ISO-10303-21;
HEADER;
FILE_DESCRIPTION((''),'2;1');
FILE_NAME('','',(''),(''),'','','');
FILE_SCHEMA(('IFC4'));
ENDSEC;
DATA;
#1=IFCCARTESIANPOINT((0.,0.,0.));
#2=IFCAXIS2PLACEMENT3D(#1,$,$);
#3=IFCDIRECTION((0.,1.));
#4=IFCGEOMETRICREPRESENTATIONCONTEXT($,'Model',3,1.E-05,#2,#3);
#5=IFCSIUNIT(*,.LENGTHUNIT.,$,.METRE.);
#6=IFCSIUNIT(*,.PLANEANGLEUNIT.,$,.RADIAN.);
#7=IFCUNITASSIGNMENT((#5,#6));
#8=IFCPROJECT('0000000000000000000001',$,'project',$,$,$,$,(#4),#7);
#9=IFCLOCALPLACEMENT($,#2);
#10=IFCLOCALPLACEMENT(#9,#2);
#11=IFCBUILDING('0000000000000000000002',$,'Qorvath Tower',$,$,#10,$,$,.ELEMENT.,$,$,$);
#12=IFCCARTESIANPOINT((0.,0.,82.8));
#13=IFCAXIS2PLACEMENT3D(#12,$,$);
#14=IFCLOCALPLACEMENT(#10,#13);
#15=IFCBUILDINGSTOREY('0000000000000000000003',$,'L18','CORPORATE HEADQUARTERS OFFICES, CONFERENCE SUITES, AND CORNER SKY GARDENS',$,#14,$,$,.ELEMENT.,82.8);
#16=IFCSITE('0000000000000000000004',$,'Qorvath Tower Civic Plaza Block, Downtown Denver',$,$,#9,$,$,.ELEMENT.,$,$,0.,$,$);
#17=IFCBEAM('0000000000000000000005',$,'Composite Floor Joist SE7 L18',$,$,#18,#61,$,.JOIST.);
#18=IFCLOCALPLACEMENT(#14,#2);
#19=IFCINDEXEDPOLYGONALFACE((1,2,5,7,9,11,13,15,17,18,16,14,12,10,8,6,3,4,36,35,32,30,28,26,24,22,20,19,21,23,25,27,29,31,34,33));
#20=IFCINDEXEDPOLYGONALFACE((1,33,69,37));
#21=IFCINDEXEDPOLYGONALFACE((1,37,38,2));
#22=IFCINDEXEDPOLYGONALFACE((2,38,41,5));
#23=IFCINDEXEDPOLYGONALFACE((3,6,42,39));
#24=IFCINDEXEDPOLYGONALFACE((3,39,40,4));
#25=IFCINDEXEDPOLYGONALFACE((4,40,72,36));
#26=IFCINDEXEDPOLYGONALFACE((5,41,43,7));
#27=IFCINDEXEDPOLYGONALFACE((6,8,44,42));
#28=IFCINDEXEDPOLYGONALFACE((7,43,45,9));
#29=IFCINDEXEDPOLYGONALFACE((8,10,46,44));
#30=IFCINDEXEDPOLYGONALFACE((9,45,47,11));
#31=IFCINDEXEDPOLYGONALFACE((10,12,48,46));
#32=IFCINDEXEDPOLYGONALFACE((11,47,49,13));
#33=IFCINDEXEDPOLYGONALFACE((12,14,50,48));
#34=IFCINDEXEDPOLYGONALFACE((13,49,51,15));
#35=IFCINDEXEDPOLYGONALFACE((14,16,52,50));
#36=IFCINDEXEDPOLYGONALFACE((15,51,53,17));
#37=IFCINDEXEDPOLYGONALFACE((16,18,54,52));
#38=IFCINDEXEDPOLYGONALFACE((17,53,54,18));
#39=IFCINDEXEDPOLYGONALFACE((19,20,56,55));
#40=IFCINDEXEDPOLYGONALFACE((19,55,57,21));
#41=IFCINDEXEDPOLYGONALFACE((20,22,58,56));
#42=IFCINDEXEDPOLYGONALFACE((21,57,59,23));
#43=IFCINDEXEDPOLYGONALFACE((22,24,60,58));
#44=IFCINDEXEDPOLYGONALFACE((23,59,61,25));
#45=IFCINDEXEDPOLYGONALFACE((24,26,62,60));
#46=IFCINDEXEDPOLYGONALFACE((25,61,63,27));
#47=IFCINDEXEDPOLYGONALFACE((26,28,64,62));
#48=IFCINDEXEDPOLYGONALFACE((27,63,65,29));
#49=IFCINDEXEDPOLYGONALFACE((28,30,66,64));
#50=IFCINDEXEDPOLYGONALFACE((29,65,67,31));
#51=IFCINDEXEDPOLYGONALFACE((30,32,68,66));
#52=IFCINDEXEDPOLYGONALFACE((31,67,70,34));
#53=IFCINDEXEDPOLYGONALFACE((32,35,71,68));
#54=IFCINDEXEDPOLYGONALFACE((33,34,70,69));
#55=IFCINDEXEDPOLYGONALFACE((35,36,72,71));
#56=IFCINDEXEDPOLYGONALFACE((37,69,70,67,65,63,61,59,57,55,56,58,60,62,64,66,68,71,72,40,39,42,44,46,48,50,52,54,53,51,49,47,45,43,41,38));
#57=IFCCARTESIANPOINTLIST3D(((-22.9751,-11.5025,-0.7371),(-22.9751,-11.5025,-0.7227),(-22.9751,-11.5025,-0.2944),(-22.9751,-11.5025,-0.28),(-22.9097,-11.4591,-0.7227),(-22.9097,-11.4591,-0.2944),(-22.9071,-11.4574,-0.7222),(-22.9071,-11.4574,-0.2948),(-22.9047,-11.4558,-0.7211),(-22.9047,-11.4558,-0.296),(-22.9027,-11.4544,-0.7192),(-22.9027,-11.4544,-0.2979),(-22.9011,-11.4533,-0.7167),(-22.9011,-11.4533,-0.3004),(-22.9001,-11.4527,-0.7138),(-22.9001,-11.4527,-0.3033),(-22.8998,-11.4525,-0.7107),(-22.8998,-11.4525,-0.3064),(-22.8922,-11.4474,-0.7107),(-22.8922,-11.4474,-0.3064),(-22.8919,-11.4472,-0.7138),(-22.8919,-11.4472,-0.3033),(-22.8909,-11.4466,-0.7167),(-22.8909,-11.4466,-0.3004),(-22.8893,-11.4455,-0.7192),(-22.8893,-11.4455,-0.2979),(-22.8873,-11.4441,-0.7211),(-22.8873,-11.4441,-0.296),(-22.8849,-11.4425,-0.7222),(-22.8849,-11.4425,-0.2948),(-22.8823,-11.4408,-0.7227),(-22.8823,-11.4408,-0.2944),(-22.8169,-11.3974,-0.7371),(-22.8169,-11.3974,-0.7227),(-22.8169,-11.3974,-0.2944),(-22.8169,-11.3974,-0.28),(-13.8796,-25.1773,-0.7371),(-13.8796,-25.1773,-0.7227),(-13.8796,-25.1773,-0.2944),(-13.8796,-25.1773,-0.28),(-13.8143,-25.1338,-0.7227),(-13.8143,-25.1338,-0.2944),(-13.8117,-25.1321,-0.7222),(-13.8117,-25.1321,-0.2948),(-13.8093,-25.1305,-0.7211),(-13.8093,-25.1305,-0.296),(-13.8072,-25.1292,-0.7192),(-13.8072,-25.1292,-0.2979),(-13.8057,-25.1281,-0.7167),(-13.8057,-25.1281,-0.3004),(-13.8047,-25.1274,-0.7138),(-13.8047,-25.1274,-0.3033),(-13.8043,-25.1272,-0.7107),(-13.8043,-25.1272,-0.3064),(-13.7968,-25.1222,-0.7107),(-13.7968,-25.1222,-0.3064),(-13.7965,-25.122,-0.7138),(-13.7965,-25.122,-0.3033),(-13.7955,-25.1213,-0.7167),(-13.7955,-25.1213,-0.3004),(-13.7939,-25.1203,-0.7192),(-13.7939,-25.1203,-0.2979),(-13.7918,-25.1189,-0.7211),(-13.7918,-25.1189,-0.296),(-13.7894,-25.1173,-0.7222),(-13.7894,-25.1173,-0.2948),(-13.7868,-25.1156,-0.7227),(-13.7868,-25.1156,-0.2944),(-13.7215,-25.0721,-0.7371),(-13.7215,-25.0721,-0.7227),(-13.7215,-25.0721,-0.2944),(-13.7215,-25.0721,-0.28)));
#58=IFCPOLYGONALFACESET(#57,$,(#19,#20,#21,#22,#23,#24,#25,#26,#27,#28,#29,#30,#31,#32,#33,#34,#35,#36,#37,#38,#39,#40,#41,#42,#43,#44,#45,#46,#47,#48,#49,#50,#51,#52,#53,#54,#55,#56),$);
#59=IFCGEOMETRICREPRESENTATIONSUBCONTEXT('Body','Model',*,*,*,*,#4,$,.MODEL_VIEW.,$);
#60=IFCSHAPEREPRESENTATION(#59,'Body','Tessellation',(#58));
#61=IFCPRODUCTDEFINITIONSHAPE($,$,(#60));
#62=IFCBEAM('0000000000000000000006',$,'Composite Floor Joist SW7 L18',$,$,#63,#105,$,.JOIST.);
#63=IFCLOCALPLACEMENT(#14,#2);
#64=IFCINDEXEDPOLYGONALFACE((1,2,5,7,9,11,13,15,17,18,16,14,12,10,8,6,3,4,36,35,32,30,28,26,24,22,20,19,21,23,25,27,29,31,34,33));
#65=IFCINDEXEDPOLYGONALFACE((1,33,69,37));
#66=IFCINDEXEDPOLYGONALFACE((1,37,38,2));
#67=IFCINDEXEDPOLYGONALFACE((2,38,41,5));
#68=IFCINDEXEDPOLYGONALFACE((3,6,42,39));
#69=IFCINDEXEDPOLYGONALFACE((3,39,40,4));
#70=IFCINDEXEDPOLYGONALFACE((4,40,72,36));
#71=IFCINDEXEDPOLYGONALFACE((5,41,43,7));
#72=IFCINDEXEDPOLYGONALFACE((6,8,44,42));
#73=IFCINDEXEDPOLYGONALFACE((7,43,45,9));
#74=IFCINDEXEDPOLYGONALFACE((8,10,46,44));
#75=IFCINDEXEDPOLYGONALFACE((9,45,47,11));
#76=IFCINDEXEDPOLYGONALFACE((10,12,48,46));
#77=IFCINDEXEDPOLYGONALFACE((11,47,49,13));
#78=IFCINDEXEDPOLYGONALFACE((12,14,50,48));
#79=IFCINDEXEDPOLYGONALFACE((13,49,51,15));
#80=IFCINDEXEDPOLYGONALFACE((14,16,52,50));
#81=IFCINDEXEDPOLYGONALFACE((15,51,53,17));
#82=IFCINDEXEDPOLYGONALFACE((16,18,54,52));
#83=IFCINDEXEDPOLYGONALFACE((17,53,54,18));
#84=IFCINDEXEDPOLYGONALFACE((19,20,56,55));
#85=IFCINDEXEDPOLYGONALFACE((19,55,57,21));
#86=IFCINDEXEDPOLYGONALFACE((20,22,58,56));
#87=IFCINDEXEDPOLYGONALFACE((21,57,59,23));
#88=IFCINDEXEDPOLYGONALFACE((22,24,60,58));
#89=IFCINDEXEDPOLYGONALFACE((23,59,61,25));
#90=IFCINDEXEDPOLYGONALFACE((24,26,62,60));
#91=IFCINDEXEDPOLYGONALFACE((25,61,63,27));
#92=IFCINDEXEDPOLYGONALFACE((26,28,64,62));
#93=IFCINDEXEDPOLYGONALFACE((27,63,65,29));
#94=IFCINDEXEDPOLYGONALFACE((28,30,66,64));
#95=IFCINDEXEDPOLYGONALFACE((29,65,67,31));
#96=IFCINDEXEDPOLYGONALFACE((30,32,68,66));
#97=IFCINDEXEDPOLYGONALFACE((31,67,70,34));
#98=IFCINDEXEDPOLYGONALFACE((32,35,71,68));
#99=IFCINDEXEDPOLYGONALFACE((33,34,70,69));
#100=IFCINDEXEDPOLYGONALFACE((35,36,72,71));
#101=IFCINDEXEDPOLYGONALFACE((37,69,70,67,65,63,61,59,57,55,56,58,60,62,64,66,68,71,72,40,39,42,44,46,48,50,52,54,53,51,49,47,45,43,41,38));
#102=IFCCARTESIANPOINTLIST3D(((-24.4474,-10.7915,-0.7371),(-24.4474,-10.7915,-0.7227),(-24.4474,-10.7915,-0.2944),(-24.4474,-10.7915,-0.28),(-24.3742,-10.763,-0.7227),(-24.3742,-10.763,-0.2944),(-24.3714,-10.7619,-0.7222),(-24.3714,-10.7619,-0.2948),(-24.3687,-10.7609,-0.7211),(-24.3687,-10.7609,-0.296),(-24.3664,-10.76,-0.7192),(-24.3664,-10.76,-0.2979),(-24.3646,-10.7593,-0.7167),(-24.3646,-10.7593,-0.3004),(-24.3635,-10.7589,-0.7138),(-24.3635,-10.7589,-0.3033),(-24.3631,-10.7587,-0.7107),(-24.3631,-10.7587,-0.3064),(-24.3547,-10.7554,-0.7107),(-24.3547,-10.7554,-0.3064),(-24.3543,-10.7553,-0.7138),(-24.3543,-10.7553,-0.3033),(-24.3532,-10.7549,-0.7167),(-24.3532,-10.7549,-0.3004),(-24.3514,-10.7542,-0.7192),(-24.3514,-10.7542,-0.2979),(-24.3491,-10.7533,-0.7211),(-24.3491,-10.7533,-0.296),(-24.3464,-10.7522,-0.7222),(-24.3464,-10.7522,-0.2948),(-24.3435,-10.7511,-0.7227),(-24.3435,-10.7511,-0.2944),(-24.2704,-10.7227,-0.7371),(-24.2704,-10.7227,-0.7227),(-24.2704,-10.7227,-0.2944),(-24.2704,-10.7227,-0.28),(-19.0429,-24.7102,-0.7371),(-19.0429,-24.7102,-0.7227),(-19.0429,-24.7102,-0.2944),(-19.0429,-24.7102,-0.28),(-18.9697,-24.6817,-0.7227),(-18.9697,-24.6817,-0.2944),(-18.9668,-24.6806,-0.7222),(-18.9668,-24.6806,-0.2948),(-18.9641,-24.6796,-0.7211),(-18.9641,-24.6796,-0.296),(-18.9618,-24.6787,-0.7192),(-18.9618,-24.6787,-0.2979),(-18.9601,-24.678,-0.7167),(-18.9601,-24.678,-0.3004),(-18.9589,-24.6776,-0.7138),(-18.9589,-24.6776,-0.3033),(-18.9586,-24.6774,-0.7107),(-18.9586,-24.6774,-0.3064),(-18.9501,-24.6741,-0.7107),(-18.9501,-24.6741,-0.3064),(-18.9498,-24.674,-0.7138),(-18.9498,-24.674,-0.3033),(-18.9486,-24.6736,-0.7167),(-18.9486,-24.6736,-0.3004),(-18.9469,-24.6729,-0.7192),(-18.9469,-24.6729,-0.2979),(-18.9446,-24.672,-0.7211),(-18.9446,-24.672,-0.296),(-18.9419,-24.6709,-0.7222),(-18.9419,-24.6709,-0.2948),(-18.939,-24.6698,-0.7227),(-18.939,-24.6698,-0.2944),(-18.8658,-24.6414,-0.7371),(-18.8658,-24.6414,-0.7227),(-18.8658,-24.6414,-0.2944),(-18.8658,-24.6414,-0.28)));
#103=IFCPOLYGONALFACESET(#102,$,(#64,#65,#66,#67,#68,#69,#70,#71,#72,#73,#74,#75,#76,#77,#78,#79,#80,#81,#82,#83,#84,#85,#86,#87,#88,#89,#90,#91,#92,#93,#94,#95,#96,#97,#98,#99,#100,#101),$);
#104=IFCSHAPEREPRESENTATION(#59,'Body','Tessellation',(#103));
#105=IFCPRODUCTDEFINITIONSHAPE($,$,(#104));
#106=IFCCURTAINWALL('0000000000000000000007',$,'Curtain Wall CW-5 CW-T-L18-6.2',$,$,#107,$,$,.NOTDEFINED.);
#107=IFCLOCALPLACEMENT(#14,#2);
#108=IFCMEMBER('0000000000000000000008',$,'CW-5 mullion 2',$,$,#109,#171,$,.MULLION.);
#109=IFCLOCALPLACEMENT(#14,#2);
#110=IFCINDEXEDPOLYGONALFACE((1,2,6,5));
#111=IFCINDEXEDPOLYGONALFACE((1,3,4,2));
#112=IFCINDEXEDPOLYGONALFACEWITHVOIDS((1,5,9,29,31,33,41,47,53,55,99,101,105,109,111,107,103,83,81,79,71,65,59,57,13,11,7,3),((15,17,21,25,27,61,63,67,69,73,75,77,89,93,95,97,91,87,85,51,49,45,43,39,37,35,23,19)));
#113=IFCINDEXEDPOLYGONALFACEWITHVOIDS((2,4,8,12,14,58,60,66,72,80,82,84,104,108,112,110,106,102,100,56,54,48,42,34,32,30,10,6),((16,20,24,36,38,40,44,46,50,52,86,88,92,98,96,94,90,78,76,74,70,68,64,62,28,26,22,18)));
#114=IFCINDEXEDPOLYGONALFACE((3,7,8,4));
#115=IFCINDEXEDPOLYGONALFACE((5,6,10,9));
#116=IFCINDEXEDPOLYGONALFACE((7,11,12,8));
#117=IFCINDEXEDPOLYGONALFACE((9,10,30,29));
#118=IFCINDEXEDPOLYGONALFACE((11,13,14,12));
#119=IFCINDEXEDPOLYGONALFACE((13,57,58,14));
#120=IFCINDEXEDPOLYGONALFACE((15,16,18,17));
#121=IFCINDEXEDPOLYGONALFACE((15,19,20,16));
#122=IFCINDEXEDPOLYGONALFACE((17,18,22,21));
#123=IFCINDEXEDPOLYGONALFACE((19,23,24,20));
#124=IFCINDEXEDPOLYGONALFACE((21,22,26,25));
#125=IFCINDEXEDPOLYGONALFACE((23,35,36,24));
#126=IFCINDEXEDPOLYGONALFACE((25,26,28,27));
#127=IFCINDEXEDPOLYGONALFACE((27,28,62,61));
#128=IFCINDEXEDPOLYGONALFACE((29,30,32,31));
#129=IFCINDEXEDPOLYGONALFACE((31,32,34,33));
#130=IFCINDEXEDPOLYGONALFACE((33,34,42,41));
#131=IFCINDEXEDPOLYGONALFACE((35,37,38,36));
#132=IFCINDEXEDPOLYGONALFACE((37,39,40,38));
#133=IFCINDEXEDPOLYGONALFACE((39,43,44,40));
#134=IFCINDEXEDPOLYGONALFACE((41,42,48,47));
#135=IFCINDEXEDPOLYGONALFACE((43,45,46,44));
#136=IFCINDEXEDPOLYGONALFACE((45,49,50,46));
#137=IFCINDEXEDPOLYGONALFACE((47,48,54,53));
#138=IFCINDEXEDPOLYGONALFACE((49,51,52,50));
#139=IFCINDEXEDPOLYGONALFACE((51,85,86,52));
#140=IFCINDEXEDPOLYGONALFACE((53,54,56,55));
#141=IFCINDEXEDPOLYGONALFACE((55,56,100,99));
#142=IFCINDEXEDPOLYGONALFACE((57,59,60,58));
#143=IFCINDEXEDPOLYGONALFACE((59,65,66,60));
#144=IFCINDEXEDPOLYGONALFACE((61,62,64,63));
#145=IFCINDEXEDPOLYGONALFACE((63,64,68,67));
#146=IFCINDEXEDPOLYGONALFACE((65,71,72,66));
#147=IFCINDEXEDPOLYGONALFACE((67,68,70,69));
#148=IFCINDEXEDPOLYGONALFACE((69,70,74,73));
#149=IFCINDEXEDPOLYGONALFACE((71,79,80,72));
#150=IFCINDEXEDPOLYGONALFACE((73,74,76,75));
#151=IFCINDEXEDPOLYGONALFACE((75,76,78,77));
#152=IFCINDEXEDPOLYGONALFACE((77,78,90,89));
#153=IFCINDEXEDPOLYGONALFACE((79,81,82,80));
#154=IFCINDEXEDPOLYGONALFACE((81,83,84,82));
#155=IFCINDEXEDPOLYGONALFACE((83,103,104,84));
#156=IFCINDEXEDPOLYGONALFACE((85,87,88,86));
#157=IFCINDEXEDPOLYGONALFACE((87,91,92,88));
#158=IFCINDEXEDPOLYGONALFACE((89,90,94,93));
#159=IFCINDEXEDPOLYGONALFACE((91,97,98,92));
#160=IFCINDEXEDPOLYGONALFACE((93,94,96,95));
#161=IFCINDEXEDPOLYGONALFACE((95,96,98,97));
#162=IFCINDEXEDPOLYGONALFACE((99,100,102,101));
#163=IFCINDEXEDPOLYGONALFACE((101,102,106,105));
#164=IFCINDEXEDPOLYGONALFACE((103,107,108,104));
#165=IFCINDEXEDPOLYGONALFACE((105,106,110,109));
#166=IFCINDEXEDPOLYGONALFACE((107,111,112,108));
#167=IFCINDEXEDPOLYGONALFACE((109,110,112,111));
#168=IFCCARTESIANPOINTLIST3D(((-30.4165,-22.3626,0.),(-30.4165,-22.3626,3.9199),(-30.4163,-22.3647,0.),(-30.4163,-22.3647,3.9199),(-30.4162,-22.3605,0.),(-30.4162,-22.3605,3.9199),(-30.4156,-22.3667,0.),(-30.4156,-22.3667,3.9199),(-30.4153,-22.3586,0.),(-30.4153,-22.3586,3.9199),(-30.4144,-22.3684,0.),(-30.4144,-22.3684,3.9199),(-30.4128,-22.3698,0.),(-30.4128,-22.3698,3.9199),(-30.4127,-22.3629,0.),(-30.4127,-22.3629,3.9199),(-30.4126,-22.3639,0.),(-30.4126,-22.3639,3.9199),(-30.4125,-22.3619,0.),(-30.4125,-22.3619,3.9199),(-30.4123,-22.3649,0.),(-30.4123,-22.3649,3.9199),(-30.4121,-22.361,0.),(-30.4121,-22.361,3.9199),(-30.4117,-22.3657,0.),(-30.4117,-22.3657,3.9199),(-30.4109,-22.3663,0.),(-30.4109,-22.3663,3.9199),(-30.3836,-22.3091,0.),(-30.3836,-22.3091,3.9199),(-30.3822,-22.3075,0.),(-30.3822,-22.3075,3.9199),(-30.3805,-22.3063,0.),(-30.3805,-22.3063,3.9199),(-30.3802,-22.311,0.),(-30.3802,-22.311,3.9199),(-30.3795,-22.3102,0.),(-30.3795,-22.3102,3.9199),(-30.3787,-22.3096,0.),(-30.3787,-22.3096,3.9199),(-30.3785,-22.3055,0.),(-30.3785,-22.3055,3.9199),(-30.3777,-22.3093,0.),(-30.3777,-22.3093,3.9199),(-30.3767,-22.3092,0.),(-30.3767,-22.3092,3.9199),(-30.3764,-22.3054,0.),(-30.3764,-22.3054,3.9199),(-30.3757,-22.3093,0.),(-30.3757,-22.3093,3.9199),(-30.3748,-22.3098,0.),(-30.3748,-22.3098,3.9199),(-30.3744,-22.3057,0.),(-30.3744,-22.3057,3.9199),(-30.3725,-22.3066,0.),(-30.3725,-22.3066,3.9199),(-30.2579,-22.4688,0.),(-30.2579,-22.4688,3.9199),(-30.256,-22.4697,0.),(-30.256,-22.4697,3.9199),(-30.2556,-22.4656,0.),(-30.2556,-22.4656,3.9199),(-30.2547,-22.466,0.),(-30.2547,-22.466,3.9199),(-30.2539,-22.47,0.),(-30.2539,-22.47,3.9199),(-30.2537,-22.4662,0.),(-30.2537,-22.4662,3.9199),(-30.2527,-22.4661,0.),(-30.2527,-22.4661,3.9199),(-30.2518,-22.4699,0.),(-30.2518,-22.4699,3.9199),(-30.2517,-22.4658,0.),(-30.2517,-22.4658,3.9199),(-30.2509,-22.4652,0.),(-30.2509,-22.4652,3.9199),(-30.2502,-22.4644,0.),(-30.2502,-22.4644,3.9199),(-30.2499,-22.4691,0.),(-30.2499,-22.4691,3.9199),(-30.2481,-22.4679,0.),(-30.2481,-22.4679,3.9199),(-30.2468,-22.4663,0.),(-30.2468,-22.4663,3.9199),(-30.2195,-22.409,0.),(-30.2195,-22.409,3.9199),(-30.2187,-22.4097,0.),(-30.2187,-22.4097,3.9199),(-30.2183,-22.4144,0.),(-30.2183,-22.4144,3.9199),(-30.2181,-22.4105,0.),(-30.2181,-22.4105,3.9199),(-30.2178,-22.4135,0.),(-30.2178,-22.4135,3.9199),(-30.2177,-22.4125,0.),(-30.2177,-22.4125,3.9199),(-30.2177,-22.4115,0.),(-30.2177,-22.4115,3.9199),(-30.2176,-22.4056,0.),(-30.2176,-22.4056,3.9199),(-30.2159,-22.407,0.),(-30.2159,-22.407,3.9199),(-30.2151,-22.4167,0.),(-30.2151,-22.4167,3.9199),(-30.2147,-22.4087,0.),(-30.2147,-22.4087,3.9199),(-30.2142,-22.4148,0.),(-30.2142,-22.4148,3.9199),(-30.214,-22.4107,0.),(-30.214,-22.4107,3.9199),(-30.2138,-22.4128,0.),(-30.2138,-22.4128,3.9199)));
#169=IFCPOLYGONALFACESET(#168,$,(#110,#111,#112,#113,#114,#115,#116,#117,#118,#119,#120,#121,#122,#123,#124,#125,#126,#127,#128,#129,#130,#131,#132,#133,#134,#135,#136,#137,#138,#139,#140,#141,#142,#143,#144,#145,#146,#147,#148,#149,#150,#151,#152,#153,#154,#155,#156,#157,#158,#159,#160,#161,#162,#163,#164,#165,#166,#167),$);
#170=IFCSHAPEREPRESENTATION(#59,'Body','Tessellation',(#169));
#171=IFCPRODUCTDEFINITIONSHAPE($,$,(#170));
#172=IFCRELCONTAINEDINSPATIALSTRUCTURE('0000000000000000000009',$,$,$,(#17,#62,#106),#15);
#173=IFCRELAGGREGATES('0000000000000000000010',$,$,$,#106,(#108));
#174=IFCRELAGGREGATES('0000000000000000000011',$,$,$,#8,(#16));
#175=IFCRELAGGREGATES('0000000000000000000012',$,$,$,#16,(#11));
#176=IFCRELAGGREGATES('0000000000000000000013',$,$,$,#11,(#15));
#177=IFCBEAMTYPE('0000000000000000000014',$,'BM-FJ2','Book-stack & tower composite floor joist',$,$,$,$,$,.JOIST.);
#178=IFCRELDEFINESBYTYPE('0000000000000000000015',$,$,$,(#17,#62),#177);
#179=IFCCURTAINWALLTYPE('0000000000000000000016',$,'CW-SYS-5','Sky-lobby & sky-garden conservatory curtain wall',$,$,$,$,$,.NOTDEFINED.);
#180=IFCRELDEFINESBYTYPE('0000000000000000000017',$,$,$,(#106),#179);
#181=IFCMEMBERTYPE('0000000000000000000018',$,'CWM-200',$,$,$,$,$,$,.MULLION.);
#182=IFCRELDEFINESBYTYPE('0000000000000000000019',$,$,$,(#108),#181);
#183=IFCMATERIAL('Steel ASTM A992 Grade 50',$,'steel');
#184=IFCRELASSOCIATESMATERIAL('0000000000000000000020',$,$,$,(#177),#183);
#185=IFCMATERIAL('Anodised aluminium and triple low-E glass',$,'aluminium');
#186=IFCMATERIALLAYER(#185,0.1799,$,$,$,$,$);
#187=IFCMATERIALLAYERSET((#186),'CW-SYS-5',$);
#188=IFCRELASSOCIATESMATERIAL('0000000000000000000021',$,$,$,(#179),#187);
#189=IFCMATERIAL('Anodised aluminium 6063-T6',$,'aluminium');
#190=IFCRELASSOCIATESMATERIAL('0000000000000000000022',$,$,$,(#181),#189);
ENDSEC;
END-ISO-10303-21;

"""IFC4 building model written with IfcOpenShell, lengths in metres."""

from ifc_helpers import new_model, si_unit, direction, frame, origin, origin_2d, place, context, subcontext, project, spatial, hollow_rectangle, i_section, extrude, material, layer, layer_set, material_profile, profile_set, type_object, element, aggregate, save


model = new_model("IFC4")

# Units and contexts
model_context = context("Model", 3, precision=1e-05, world=origin(), true_north=direction((0.0, 1.0)))
body_context = subcontext(model_context, "Body", "Model", "MODEL_VIEW")
ifc_project = project(units=[si_unit("LENGTHUNIT", "METRE"), si_unit("PLANEANGLEUNIT", "RADIAN")], contexts=[model_context])

# Site, building, storey
site_placement = place(None, origin())
site = spatial("IfcSite", under=ifc_project, at=site_placement, Name="Qorvath Tower Civic Plaza Block, Downtown Denver", CompositionType="ELEMENT", RefElevation=0.0)
building_placement = place(site_placement, origin())
building = spatial("IfcBuilding", under=site, at=building_placement, Name="Qorvath Tower", CompositionType="ELEMENT")
storey_placement = place(building_placement, frame((0.0, 0.0, 82.8)))
storey = spatial("IfcBuildingStorey", under=building, at=storey_placement, Name="L18", Description="CORPORATE HEADQUARTERS OFFICES, CONFERENCE SUITES, AND CORNER SKY GARDENS", CompositionType="ELEMENT", Elevation=82.8)

# Beams
ifc_material_1 = material(Name="Steel ASTM A992 Grade 50", Category="steel")
ifc_material_profile_1 = material_profile(ifc_material_1, i_section(OverallWidth=0.1899, OverallDepth=0.457, WebThickness=0.009, FlangeThickness=0.0144, FilletRadius=0.012, at=origin_2d()), Name="W18x50")
ifc_profile_set_1 = profile_set([ifc_material_profile_1], Name="Steel ASTM A992 Grade 50")
beam_type_1 = type_object("IfcBeamType", Name="BM-FJ2", Description="Book-stack & tower composite floor joist", PredefinedType="JOIST", material=ifc_profile_set_1)
beam_1_placement = place(storey_placement, frame((-22.896, -11.45, -0.5085), z_axis=(0.553811, -0.832642, 0.0), x_axis=(0.832642, 0.553811, 0.0)))
element("IfcBeam", 1, at=beam_1_placement, inside=storey, type_object=beam_type_1, Name="Composite Floor Joist SE7 L18", PredefinedType="JOIST", context=body_context, shape_type="SweptSolid", body=[
    extrude(i_section(OverallWidth=0.1899, OverallDepth=0.457, WebThickness=0.009, FlangeThickness=0.0144, FilletRadius=0.012, at=origin_2d()), origin(), (0.0, 0.0, 1.0), 16.4233),
])
beam_2_placement = place(storey_placement, frame((-24.3589, -10.7571, -0.5085), z_axis=(0.361964, -0.932192, 0.0), x_axis=(0.932192, 0.361964, 0.0)))
element("IfcBeam", 2, at=beam_2_placement, inside=storey, type_object=beam_type_1, Name="Composite Floor Joist SW7 L18", PredefinedType="JOIST", context=body_context, shape_type="SweptSolid", body=[
    extrude(i_section(OverallWidth=0.1899, OverallDepth=0.457, WebThickness=0.009, FlangeThickness=0.0144, FilletRadius=0.012, at=origin_2d()), origin(), (0.0, 0.0, 1.0), 14.9312),
])

# Curtain wall, member
ifc_material_2 = material(Name="Anodised aluminium and triple low-E glass", Category="aluminium")
ifc_layer_1 = layer(ifc_material_2, 0.1799)
ifc_layer_set_1 = layer_set([ifc_layer_1], Name="CW-SYS-5")
curtain_wall_type = type_object("IfcCurtainWallType", Name="CW-SYS-5", Description="Sky-lobby & sky-garden conservatory curtain wall", PredefinedType="NOTDEFINED", material=ifc_layer_set_1)
curtain_wall_placement = place(storey_placement, origin())
curtain_wall = element("IfcCurtainWall", 3, at=curtain_wall_placement, inside=storey, type_object=curtain_wall_type, Name="Curtain Wall CW-5 CW-T-L18-6.2", PredefinedType="NOTDEFINED")
ifc_material_3 = material(Name="Anodised aluminium 6063-T6", Category="aluminium")
ifc_material_profile_2 = material_profile(ifc_material_3, hollow_rectangle(XDim=0.075, YDim=0.2, WallThickness=0.0039, InnerFilletRadius=0.0039, OuterFilletRadius=0.0081, at=origin_2d()), Name="CWM 200x75")
ifc_profile_set_2 = profile_set([ifc_material_profile_2], Name="Anodised aluminium 6063-T6")
member_type_1 = type_object("IfcMemberType", Name="CWM-200", PredefinedType="MULLION", material=ifc_profile_set_2)
member_1_placement = place(storey_placement, frame((-30.3152, -22.3877, 0.0), z_axis=(0.0, 0.0, 1.0), x_axis=(0.538533, 0.842604, 0.0)))
member_1 = element("IfcMember", 4, at=member_1_placement, type_object=member_type_1, Name="CW-5 mullion 2", PredefinedType="MULLION", context=body_context, shape_type="SweptSolid", body=[
    extrude(hollow_rectangle(XDim=0.075, YDim=0.2, WallThickness=0.0039, InnerFilletRadius=0.0039, OuterFilletRadius=0.0081, at=origin_2d()), origin(), (0.0, 0.0, 1.0), 3.9199),
])
aggregate(curtain_wall, [member_1])

save(model, "model.ifc")
